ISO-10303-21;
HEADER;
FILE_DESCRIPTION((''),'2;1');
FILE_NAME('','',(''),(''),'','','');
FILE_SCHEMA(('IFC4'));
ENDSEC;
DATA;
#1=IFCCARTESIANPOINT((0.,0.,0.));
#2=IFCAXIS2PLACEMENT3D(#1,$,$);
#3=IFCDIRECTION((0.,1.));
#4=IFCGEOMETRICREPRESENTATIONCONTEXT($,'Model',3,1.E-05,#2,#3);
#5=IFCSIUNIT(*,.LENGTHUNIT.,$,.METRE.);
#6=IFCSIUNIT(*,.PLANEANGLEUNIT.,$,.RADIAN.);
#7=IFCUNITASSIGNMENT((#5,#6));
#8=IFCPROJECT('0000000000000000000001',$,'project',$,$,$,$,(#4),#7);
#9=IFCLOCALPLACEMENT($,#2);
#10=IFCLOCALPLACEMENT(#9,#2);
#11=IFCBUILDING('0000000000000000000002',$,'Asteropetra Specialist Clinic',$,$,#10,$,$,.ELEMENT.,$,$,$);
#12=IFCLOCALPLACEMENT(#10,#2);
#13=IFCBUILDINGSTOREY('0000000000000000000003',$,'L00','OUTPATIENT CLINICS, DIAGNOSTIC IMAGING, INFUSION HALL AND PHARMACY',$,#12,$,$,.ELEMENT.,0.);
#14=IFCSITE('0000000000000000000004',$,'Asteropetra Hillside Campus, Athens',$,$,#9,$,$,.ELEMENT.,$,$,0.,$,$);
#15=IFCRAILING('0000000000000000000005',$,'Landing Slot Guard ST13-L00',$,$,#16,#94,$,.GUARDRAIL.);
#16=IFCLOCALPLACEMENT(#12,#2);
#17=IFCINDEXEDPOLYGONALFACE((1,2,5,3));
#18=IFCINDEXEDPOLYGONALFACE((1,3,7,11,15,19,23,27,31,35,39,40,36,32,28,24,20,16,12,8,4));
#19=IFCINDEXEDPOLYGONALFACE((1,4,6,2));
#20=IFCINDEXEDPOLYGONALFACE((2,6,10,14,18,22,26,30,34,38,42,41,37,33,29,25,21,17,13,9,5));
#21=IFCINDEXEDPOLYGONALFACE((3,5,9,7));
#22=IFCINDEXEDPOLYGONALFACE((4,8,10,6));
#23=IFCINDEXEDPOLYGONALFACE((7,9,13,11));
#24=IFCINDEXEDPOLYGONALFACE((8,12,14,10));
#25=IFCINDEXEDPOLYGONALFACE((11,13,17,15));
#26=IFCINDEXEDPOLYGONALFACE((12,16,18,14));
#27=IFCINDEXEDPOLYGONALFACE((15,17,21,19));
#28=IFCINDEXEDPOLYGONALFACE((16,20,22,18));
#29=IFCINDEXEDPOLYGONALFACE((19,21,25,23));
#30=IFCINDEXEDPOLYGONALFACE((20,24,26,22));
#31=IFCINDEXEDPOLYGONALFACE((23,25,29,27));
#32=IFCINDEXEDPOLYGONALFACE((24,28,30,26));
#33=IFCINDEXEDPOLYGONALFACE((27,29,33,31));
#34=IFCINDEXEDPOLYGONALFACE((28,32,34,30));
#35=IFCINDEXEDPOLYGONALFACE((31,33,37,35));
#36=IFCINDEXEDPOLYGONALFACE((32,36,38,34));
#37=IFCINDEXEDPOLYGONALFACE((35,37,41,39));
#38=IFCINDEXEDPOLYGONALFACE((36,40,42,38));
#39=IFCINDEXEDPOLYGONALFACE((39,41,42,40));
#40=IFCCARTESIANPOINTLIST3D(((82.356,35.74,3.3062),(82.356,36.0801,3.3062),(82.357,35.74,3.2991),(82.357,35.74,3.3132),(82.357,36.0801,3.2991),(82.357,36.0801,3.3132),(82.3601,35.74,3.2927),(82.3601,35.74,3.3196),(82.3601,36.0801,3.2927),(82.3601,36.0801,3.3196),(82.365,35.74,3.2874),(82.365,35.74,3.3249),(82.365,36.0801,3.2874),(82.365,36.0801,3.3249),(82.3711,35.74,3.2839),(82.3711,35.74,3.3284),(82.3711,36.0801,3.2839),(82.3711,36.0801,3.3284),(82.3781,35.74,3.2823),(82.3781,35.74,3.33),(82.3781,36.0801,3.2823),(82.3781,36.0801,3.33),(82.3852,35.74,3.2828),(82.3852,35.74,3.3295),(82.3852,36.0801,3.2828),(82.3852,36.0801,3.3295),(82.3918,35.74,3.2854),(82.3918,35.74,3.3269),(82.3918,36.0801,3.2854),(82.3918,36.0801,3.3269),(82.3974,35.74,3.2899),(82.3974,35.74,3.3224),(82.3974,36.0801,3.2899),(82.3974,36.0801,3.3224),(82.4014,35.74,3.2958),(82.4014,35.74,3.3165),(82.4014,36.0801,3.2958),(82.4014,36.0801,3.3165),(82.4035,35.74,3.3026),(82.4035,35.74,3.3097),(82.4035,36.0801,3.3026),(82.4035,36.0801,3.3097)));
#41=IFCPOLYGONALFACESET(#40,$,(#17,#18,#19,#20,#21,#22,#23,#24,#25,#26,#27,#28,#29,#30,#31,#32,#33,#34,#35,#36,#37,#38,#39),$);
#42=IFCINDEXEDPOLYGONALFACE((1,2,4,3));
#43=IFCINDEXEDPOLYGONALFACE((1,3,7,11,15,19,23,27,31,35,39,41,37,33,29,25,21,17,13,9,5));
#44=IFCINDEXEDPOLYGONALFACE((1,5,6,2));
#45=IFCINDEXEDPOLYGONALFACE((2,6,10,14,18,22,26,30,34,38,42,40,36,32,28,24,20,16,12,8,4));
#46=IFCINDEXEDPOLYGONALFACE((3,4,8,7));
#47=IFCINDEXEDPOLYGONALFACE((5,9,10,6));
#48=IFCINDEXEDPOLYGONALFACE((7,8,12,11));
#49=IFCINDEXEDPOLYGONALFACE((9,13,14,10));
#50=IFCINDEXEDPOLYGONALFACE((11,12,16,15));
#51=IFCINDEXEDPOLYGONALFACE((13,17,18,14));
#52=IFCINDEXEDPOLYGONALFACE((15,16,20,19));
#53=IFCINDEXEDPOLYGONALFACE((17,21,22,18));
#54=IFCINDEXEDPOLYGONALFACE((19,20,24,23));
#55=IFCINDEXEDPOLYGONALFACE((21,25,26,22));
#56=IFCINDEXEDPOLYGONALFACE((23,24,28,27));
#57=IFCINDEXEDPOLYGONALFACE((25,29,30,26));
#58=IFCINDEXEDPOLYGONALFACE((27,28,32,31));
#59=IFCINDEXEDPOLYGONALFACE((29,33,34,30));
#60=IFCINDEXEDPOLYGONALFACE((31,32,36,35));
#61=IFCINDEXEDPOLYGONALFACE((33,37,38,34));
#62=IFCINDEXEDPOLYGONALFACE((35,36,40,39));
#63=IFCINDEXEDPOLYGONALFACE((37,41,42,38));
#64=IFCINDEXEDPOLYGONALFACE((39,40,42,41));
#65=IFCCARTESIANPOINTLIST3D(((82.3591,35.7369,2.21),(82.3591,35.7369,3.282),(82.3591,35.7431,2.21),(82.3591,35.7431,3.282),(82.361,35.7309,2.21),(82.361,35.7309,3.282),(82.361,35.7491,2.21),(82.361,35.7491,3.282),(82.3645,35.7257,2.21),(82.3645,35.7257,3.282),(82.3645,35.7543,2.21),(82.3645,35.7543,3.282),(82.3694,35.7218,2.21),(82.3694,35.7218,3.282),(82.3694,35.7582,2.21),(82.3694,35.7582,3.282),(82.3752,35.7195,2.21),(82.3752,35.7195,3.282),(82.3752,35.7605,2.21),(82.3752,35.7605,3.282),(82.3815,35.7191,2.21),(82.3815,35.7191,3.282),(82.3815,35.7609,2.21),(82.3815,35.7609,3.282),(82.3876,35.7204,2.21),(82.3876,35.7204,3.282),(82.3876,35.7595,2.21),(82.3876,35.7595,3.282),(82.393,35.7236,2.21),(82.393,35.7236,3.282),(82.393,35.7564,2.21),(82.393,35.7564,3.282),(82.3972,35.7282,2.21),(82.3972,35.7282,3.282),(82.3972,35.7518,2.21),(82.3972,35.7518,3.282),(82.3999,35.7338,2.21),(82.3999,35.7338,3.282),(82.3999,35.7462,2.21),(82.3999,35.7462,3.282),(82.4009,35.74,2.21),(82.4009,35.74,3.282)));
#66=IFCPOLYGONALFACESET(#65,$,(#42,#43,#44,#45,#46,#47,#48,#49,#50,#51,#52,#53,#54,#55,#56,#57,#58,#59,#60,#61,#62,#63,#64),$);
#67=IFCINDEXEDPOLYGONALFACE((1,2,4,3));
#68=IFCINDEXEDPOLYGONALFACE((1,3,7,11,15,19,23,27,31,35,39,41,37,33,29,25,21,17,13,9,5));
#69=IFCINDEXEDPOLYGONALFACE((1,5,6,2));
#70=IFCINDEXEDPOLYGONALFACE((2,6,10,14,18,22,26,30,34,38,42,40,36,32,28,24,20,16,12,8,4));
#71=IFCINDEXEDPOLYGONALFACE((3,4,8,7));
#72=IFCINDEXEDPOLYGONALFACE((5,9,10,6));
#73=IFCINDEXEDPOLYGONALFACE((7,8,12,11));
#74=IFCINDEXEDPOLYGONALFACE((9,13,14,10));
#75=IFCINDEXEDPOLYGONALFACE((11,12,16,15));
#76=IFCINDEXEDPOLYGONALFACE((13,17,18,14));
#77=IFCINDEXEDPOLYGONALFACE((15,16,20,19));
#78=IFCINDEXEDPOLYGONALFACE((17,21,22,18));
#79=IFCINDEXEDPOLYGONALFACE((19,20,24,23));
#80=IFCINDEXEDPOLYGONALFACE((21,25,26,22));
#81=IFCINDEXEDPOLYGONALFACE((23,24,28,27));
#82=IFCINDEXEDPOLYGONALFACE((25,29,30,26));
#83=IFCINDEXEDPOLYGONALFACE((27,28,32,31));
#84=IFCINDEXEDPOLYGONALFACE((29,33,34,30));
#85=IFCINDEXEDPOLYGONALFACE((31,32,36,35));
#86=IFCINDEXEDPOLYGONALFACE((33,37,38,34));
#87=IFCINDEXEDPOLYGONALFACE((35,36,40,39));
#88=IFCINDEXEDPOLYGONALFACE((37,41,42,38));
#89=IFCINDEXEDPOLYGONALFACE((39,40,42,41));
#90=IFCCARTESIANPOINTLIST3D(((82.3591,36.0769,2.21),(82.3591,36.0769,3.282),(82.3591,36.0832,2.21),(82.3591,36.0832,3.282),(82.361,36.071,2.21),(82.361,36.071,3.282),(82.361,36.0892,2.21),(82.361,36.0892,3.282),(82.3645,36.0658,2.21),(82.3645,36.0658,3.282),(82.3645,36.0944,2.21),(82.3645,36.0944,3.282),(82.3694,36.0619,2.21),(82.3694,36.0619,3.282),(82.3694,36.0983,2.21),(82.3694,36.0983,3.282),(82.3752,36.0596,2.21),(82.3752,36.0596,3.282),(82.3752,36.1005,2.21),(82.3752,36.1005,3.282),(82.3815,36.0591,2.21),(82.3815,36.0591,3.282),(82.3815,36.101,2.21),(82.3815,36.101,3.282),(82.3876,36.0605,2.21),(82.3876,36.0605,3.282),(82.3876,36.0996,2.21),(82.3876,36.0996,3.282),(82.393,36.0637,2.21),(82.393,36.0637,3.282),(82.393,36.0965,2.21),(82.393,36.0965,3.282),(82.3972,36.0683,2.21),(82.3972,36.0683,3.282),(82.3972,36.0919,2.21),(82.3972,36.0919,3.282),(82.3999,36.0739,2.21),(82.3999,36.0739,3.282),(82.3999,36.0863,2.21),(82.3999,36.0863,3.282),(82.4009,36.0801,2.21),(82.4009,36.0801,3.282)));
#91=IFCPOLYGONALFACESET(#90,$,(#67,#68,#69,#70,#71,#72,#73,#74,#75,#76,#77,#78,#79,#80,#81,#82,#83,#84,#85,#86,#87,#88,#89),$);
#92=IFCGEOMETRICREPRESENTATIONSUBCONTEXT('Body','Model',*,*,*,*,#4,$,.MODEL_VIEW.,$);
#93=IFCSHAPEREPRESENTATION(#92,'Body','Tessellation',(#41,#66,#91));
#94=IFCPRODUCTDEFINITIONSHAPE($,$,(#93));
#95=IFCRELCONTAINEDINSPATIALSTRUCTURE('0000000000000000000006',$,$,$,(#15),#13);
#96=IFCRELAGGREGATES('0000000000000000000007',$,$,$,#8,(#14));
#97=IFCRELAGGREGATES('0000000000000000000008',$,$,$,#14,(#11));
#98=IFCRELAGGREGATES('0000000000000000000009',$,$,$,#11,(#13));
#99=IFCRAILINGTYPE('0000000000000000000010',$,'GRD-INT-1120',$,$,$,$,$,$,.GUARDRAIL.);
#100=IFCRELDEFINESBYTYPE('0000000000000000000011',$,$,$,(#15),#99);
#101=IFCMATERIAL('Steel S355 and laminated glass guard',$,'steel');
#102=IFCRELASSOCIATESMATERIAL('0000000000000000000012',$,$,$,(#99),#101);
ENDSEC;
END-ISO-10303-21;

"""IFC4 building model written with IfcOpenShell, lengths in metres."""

from ifc_helpers import new_model, si_unit, direction, frame, origin, origin_2d, place, context, subcontext, project, spatial, circle, extrude, material, type_object, element, save


model = new_model("IFC4")

# Units and contexts
model_context = context("Model", 3, precision=1e-05, world=origin(), true_north=direction((0.0, 1.0)))
body_context = subcontext(model_context, "Body", "Model", "MODEL_VIEW")
ifc_project = project(units=[si_unit("LENGTHUNIT", "METRE"), si_unit("PLANEANGLEUNIT", "RADIAN")], contexts=[model_context])

# Site, building, storey
site_placement = place(None, origin())
site = spatial("IfcSite", under=ifc_project, at=site_placement, Name="Asteropetra Hillside Campus, Athens", CompositionType="ELEMENT", RefElevation=0.0)
building_placement = place(site_placement, origin())
building = spatial("IfcBuilding", under=site, at=building_placement, Name="Asteropetra Specialist Clinic", CompositionType="ELEMENT")
storey_placement = place(building_placement, origin())
storey = spatial("IfcBuildingStorey", under=building, at=storey_placement, Name="L00", Description="OUTPATIENT CLINICS, DIAGNOSTIC IMAGING, INFUSION HALL AND PHARMACY", CompositionType="ELEMENT", Elevation=0.0)

# Railing
ifc_material_1 = material(Name="Steel S355 and laminated glass guard", Category="steel")
railing_type_1 = type_object("IfcRailingType", Name="GRD-INT-1120", PredefinedType="GUARDRAIL", material=ifc_material_1)
railing_1_placement = place(storey_placement, frame((82.3799, 35.74, 2.21)))
element("IfcRailing", 1, at=railing_1_placement, inside=storey, type_object=railing_type_1, Name="Landing Slot Guard ST13-L00", PredefinedType="GUARDRAIL", context=body_context, shape_type="SweptSolid", body=[
    extrude(circle(Radius=0.0239, at=origin_2d()), frame((0.0, 0.0, 1.0962), z_axis=(0.0, 1.0, 0.0), x_axis=(-1.0, 0.0, 0.0)), (0.0, 0.0, 1.0), 0.3401),
    extrude(circle(Radius=0.021, at=origin_2d()), origin(), (0.0, 0.0, 1.0), 1.072),
    extrude(circle(Radius=0.021, at=origin_2d()), frame((0.0, 0.3401, 0.0)), (0.0, 0.0, 1.0), 1.072),
])

save(model, "model.ifc")
